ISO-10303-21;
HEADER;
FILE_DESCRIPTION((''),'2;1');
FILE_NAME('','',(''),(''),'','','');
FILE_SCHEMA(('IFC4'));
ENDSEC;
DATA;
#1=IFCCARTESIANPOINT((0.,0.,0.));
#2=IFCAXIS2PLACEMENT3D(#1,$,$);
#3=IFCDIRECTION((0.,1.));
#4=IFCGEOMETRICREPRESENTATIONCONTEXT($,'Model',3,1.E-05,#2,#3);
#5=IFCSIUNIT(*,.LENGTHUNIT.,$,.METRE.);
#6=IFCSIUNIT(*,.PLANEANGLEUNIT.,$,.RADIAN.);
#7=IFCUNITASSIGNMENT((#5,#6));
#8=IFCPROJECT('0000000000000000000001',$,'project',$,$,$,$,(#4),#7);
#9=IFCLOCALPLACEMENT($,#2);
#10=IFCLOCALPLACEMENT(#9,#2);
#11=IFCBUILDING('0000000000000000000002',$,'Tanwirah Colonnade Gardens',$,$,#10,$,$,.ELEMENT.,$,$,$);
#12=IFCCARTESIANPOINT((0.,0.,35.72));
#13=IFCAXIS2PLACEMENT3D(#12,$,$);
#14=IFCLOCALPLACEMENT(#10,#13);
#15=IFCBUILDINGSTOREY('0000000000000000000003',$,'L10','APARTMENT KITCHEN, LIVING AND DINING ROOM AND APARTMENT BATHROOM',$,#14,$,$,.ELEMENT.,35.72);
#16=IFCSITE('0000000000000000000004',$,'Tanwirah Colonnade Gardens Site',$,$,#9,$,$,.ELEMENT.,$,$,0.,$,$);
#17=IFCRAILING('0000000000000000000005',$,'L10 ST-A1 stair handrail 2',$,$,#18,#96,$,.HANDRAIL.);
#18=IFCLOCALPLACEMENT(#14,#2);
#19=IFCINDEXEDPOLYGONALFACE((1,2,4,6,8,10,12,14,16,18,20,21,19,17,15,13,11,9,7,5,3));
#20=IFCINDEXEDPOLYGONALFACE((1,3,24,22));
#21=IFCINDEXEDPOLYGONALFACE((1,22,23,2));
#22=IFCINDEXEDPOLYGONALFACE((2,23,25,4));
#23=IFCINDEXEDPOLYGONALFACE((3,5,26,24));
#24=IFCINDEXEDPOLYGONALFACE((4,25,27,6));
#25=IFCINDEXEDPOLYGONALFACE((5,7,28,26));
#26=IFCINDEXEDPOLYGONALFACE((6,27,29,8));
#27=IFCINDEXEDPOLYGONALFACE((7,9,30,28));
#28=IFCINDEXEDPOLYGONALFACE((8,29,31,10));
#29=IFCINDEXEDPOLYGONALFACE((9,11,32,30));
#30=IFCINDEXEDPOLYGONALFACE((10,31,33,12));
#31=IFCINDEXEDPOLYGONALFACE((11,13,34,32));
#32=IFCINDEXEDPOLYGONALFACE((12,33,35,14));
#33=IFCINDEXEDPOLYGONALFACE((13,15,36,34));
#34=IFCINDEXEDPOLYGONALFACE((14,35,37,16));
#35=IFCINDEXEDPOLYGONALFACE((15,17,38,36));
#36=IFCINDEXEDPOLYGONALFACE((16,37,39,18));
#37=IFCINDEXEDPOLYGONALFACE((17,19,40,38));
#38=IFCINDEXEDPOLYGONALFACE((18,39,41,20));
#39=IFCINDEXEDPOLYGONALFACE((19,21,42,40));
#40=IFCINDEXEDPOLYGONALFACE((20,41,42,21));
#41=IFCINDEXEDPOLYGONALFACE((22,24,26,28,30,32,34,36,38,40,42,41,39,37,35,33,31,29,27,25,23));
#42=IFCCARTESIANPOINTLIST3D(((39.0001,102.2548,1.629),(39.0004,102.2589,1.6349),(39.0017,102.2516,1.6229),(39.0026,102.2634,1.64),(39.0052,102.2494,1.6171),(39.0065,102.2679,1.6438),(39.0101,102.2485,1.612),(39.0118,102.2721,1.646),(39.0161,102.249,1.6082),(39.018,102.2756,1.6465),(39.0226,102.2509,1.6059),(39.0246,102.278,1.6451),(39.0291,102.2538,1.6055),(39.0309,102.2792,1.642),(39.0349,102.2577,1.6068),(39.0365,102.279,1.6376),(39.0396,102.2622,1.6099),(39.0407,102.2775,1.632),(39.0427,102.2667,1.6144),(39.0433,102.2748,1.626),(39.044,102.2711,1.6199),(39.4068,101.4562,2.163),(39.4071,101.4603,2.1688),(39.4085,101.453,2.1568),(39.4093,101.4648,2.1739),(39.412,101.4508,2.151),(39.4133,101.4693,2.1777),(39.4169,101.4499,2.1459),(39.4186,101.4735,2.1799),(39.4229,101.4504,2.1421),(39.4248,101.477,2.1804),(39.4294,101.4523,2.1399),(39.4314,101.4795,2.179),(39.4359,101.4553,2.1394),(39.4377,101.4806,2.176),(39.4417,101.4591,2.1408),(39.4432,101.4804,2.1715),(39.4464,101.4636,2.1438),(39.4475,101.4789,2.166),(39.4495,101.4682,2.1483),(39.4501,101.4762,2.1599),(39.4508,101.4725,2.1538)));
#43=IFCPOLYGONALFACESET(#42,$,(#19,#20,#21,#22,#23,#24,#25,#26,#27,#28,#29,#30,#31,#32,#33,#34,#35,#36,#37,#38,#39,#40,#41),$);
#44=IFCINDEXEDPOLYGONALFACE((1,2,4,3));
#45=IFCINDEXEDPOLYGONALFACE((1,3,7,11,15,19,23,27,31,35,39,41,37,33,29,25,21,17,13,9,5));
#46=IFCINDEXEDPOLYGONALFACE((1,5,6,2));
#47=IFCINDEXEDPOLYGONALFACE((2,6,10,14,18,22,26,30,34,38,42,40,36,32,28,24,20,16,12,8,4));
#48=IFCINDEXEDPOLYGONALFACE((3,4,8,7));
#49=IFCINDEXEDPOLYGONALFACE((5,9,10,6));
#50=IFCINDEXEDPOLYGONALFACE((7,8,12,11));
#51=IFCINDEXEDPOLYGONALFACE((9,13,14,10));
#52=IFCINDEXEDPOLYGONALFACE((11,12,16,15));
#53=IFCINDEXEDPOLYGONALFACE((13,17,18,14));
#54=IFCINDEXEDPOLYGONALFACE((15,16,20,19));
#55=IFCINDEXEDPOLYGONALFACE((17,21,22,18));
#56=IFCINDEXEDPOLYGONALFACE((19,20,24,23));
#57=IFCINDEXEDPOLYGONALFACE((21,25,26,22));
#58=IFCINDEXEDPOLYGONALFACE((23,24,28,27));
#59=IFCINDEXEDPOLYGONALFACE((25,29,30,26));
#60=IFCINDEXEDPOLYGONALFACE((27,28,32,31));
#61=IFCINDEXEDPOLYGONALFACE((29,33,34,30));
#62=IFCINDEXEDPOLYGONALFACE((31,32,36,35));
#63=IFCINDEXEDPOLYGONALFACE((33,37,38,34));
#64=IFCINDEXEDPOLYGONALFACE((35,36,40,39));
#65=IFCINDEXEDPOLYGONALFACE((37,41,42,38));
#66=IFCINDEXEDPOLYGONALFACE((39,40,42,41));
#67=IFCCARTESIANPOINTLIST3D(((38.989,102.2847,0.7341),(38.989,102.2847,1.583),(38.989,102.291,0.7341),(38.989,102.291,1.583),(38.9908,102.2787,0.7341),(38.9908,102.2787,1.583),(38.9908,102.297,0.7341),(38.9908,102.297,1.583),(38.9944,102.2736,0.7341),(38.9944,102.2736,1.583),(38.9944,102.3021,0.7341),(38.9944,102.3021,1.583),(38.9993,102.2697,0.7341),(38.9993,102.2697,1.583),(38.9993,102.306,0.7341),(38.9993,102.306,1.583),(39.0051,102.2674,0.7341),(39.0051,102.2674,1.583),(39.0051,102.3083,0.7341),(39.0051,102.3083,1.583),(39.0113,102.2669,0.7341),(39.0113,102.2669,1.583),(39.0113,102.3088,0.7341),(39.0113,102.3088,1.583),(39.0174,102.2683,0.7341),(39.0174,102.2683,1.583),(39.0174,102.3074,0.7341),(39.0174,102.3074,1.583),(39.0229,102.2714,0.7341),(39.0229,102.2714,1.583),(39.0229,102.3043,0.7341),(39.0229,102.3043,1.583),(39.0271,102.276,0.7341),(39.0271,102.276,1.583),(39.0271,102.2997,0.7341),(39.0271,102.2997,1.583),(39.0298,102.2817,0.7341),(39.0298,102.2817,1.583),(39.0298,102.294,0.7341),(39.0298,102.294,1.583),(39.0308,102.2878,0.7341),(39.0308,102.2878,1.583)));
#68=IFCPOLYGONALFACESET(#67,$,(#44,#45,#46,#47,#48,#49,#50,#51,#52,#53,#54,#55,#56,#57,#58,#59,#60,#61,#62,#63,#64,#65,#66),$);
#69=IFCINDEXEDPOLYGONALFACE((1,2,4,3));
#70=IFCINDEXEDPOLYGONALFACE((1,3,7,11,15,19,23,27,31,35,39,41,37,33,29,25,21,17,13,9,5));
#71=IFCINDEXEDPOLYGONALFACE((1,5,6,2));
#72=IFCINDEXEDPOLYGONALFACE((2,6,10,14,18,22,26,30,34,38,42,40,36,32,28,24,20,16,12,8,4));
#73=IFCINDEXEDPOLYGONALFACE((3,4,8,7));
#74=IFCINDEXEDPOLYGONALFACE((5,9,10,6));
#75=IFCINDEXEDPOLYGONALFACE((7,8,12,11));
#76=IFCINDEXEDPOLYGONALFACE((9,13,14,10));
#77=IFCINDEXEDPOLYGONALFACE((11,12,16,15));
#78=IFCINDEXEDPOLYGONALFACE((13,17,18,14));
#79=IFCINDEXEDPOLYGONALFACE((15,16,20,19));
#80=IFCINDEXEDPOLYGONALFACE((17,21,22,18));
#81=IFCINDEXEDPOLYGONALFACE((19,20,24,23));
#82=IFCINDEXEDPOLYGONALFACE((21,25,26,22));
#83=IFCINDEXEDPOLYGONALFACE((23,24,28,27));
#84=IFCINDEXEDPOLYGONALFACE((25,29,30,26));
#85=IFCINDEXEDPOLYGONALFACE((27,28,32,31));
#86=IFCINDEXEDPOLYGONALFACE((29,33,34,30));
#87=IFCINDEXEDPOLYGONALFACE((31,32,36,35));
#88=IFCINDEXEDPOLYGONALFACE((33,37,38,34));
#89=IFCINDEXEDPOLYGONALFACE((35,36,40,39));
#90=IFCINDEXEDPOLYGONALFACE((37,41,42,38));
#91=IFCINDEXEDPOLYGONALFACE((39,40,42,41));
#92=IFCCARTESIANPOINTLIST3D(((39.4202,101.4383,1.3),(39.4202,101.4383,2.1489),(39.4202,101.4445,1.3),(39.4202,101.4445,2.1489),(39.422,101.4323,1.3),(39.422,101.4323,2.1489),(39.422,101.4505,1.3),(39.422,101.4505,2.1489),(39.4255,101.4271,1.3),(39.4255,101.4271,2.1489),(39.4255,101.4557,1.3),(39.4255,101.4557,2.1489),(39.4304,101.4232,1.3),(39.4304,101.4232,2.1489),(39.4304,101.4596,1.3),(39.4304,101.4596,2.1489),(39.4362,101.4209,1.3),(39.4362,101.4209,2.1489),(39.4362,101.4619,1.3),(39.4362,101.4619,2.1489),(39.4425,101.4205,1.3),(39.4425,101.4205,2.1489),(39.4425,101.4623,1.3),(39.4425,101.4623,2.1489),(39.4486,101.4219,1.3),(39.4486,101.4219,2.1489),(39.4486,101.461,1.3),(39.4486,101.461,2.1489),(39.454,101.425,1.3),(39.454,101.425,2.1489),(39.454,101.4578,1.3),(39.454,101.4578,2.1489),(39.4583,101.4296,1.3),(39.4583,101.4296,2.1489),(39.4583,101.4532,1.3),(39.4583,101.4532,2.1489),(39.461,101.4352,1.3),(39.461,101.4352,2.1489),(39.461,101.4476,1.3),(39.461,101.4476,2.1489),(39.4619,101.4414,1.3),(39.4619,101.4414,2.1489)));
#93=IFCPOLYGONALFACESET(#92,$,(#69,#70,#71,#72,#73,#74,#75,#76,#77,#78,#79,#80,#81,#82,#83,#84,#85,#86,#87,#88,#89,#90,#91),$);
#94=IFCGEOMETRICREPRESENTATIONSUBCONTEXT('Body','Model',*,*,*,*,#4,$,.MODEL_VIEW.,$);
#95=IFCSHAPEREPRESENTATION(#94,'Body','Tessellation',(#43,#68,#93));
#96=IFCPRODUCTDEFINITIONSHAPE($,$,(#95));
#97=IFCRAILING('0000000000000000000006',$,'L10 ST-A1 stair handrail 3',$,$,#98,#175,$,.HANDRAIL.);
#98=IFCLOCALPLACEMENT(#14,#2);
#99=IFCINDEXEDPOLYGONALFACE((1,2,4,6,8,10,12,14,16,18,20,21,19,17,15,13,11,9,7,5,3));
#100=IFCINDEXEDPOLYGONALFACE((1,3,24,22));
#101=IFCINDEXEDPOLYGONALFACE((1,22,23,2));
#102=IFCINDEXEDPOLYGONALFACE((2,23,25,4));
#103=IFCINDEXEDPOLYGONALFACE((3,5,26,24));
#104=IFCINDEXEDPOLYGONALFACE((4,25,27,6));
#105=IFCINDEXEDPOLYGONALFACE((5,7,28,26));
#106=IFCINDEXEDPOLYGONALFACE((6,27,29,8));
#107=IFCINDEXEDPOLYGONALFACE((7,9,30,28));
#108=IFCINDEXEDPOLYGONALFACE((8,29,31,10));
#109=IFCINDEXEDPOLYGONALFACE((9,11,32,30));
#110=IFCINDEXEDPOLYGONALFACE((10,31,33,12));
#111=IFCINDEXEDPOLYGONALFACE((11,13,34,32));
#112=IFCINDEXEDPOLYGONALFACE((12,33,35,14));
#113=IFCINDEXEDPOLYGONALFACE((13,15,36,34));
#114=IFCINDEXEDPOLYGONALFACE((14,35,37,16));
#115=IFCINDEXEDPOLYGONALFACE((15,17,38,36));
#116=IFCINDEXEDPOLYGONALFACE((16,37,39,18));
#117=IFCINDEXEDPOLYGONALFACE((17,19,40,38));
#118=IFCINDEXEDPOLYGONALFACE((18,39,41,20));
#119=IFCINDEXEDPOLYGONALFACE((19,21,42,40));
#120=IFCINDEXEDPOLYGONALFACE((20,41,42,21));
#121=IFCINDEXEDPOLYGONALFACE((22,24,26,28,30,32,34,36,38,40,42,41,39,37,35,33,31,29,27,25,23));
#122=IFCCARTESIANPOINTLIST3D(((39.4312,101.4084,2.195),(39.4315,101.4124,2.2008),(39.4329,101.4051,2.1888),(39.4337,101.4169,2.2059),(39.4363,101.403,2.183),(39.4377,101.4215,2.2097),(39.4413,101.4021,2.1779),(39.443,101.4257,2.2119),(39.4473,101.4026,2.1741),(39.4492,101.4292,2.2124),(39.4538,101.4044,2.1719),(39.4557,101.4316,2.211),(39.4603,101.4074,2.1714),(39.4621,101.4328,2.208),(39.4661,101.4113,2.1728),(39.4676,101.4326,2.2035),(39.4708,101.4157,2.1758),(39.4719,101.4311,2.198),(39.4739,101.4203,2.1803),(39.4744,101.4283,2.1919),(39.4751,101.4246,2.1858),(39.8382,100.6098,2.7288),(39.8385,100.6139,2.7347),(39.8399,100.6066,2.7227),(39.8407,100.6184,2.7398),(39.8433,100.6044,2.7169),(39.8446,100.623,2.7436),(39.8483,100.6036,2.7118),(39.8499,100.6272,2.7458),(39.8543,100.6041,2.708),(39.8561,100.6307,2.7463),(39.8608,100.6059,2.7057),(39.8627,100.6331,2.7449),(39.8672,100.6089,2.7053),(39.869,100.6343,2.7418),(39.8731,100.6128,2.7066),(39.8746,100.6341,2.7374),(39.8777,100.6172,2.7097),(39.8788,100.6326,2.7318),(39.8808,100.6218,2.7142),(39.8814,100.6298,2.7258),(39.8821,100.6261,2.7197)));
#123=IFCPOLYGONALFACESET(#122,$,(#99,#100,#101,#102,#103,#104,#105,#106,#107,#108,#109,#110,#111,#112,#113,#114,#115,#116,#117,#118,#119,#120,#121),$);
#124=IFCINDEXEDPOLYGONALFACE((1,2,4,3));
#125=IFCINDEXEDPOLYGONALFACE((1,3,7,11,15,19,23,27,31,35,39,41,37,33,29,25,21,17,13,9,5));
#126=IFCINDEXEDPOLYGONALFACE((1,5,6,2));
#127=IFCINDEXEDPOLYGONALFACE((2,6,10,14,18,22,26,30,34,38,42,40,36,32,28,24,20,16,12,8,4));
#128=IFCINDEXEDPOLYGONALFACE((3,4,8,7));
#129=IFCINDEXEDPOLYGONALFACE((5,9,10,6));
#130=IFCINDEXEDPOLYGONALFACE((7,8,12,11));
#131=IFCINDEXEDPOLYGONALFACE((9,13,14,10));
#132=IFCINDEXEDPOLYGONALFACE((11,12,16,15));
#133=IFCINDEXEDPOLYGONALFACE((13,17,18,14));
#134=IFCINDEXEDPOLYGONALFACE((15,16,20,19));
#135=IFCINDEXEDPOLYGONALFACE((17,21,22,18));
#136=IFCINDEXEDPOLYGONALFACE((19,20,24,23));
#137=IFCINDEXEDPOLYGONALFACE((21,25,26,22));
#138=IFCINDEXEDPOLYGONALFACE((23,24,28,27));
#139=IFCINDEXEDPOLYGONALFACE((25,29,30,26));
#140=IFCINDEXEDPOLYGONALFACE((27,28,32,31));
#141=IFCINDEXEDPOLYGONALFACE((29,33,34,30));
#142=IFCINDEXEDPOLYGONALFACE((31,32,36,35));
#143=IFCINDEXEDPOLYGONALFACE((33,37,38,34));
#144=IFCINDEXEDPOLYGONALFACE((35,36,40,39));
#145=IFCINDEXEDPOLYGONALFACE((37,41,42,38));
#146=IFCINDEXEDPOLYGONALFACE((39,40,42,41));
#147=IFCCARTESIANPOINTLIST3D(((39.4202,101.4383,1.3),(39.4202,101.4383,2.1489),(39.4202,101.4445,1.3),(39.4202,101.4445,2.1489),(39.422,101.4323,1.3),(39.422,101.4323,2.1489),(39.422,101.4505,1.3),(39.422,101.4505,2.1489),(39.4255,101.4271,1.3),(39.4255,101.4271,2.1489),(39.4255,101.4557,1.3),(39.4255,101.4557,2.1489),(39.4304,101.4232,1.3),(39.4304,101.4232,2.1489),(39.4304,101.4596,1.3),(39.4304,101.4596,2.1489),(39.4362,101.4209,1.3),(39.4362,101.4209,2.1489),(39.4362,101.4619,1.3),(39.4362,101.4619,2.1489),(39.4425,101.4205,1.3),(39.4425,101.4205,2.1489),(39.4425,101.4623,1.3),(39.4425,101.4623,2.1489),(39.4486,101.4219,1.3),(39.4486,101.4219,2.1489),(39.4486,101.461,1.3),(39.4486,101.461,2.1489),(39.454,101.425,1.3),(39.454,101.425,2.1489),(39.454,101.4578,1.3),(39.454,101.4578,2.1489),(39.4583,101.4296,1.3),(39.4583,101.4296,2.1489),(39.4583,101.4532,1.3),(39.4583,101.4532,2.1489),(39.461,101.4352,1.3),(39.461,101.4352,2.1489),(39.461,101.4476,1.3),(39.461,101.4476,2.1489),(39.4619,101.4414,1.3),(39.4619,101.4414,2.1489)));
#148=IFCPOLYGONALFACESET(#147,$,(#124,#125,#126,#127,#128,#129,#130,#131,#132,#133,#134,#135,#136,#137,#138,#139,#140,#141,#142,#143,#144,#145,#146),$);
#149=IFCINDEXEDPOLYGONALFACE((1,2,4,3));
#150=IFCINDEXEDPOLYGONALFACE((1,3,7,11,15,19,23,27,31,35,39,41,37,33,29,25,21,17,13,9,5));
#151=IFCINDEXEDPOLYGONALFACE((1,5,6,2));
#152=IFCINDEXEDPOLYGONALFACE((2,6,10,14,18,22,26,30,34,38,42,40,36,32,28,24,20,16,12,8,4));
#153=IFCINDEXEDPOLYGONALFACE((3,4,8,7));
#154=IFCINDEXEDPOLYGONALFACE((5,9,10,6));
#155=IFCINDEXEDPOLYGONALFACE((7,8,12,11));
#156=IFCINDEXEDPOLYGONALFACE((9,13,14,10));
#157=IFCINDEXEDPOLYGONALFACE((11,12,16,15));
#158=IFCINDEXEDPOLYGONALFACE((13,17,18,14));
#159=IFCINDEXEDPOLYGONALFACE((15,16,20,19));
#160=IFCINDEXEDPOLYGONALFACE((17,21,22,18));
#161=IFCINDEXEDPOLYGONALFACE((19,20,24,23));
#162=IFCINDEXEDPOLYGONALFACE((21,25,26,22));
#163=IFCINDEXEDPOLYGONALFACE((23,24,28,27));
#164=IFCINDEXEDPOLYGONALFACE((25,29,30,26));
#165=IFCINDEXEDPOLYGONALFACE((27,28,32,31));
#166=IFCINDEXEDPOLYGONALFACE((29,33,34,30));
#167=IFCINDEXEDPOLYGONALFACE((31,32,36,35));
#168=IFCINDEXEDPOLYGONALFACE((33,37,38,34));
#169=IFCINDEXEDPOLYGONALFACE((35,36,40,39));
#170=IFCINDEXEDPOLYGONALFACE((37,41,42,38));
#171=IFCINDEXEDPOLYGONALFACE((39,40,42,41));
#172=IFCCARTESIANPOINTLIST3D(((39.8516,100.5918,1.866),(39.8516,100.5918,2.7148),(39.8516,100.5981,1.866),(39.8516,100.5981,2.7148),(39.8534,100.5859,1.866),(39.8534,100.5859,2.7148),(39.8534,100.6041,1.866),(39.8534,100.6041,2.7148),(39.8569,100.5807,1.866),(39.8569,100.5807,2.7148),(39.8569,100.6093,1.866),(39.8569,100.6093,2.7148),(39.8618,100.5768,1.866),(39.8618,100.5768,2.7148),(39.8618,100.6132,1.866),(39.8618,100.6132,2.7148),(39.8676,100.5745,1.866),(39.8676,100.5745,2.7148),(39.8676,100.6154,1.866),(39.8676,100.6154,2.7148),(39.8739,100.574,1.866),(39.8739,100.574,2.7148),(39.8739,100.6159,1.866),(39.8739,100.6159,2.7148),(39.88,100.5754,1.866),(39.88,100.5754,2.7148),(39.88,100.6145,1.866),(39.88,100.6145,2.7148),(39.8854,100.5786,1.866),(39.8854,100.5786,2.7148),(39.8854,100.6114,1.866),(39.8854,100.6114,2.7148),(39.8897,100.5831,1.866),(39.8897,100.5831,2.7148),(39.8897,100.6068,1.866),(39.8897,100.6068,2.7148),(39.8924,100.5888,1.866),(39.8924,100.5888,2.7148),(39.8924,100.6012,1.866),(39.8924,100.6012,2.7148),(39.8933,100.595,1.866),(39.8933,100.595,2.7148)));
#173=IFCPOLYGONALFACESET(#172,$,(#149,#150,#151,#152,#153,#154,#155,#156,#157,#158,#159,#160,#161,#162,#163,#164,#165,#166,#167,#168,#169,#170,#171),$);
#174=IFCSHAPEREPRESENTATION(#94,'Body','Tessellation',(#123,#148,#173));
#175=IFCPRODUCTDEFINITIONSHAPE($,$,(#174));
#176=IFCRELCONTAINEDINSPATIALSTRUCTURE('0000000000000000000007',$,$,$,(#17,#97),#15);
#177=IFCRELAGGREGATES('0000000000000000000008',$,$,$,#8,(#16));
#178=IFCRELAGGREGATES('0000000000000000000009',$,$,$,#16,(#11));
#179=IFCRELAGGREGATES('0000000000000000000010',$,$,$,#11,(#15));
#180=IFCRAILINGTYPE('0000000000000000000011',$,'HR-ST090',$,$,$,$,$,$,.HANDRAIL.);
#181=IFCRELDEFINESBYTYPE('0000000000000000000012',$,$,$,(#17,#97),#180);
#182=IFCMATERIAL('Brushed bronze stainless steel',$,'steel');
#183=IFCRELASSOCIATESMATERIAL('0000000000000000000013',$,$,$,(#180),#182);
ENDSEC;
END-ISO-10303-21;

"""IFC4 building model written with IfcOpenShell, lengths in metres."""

from ifc_helpers import new_model, si_unit, direction, frame, origin, origin_2d, place, context, subcontext, project, spatial, circle, extrude, material, type_object, element, save


model = new_model("IFC4")

# Units and contexts
model_context = context("Model", 3, precision=1e-05, world=origin(), true_north=direction((0.0, 1.0)))
body_context = subcontext(model_context, "Body", "Model", "MODEL_VIEW")
ifc_project = project(units=[si_unit("LENGTHUNIT", "METRE"), si_unit("PLANEANGLEUNIT", "RADIAN")], contexts=[model_context])

# Site, building, storey
site_placement = place(None, origin())
site = spatial("IfcSite", under=ifc_project, at=site_placement, Name="Tanwirah Colonnade Gardens Site", CompositionType="ELEMENT", RefElevation=0.0)
building_placement = place(site_placement, origin())
building = spatial("IfcBuilding", under=site, at=building_placement, Name="Tanwirah Colonnade Gardens", CompositionType="ELEMENT")
storey_placement = place(building_placement, frame((0.0, 0.0, 35.72)))
storey = spatial("IfcBuildingStorey", under=building, at=storey_placement, Name="L10", Description="APARTMENT KITCHEN, LIVING AND DINING ROOM AND APARTMENT BATHROOM", CompositionType="ELEMENT", Elevation=35.72)

# Railings
ifc_material_1 = material(Name="Brushed bronze stainless steel", Category="steel")
railing_type_1 = type_object("IfcRailingType", Name="HR-ST090", PredefinedType="HANDRAIL", material=ifc_material_1)
railing_1_placement = place(storey_placement, frame((39.0098, 102.2878, 0.7341)))
element("IfcRailing", 1, at=railing_1_placement, inside=storey, type_object=railing_type_1, Name="L10 ST-A1 stair handrail 2", PredefinedType="HANDRAIL", context=body_context, shape_type="SweptSolid", body=[
    extrude(circle(Radius=0.0239, at=origin_2d()), frame((0.0122, -0.0239, 0.8918), z_axis=(0.38993, -0.765509, 0.511811), x_axis=(0.891061, 0.453883, 0.0)), (0.0, 0.0, 1.0), 1.0432),
    extrude(circle(Radius=0.021, at=origin_2d()), origin(), (0.0, 0.0, 1.0), 0.8489),
    extrude(circle(Radius=0.021, at=origin_2d()), frame((0.4312, -0.8464, 0.5659)), (0.0, 0.0, 1.0), 0.8489),
])
railing_2_placement = place(storey_placement, frame((39.4409, 101.4414, 1.3)))
element("IfcRailing", 2, at=railing_2_placement, inside=storey, type_object=railing_type_1, Name="L10 ST-A1 stair handrail 3", PredefinedType="HANDRAIL", context=body_context, shape_type="SweptSolid", body=[
    extrude(circle(Radius=0.0239, at=origin_2d()), frame((0.0122, -0.0239, 0.8918), z_axis=(0.390118, -0.765443, 0.511767), x_axis=(0.890957, 0.454087, 0.0)), (0.0, 0.0, 1.0), 1.0432),
    extrude(circle(Radius=0.021, at=origin_2d()), origin(), (0.0, 0.0, 1.0), 0.8489),
    extrude(circle(Radius=0.021, at=origin_2d()), frame((0.4314, -0.8464, 0.5659)), (0.0, 0.0, 1.0), 0.8489),
])

save(model, "model.ifc")
